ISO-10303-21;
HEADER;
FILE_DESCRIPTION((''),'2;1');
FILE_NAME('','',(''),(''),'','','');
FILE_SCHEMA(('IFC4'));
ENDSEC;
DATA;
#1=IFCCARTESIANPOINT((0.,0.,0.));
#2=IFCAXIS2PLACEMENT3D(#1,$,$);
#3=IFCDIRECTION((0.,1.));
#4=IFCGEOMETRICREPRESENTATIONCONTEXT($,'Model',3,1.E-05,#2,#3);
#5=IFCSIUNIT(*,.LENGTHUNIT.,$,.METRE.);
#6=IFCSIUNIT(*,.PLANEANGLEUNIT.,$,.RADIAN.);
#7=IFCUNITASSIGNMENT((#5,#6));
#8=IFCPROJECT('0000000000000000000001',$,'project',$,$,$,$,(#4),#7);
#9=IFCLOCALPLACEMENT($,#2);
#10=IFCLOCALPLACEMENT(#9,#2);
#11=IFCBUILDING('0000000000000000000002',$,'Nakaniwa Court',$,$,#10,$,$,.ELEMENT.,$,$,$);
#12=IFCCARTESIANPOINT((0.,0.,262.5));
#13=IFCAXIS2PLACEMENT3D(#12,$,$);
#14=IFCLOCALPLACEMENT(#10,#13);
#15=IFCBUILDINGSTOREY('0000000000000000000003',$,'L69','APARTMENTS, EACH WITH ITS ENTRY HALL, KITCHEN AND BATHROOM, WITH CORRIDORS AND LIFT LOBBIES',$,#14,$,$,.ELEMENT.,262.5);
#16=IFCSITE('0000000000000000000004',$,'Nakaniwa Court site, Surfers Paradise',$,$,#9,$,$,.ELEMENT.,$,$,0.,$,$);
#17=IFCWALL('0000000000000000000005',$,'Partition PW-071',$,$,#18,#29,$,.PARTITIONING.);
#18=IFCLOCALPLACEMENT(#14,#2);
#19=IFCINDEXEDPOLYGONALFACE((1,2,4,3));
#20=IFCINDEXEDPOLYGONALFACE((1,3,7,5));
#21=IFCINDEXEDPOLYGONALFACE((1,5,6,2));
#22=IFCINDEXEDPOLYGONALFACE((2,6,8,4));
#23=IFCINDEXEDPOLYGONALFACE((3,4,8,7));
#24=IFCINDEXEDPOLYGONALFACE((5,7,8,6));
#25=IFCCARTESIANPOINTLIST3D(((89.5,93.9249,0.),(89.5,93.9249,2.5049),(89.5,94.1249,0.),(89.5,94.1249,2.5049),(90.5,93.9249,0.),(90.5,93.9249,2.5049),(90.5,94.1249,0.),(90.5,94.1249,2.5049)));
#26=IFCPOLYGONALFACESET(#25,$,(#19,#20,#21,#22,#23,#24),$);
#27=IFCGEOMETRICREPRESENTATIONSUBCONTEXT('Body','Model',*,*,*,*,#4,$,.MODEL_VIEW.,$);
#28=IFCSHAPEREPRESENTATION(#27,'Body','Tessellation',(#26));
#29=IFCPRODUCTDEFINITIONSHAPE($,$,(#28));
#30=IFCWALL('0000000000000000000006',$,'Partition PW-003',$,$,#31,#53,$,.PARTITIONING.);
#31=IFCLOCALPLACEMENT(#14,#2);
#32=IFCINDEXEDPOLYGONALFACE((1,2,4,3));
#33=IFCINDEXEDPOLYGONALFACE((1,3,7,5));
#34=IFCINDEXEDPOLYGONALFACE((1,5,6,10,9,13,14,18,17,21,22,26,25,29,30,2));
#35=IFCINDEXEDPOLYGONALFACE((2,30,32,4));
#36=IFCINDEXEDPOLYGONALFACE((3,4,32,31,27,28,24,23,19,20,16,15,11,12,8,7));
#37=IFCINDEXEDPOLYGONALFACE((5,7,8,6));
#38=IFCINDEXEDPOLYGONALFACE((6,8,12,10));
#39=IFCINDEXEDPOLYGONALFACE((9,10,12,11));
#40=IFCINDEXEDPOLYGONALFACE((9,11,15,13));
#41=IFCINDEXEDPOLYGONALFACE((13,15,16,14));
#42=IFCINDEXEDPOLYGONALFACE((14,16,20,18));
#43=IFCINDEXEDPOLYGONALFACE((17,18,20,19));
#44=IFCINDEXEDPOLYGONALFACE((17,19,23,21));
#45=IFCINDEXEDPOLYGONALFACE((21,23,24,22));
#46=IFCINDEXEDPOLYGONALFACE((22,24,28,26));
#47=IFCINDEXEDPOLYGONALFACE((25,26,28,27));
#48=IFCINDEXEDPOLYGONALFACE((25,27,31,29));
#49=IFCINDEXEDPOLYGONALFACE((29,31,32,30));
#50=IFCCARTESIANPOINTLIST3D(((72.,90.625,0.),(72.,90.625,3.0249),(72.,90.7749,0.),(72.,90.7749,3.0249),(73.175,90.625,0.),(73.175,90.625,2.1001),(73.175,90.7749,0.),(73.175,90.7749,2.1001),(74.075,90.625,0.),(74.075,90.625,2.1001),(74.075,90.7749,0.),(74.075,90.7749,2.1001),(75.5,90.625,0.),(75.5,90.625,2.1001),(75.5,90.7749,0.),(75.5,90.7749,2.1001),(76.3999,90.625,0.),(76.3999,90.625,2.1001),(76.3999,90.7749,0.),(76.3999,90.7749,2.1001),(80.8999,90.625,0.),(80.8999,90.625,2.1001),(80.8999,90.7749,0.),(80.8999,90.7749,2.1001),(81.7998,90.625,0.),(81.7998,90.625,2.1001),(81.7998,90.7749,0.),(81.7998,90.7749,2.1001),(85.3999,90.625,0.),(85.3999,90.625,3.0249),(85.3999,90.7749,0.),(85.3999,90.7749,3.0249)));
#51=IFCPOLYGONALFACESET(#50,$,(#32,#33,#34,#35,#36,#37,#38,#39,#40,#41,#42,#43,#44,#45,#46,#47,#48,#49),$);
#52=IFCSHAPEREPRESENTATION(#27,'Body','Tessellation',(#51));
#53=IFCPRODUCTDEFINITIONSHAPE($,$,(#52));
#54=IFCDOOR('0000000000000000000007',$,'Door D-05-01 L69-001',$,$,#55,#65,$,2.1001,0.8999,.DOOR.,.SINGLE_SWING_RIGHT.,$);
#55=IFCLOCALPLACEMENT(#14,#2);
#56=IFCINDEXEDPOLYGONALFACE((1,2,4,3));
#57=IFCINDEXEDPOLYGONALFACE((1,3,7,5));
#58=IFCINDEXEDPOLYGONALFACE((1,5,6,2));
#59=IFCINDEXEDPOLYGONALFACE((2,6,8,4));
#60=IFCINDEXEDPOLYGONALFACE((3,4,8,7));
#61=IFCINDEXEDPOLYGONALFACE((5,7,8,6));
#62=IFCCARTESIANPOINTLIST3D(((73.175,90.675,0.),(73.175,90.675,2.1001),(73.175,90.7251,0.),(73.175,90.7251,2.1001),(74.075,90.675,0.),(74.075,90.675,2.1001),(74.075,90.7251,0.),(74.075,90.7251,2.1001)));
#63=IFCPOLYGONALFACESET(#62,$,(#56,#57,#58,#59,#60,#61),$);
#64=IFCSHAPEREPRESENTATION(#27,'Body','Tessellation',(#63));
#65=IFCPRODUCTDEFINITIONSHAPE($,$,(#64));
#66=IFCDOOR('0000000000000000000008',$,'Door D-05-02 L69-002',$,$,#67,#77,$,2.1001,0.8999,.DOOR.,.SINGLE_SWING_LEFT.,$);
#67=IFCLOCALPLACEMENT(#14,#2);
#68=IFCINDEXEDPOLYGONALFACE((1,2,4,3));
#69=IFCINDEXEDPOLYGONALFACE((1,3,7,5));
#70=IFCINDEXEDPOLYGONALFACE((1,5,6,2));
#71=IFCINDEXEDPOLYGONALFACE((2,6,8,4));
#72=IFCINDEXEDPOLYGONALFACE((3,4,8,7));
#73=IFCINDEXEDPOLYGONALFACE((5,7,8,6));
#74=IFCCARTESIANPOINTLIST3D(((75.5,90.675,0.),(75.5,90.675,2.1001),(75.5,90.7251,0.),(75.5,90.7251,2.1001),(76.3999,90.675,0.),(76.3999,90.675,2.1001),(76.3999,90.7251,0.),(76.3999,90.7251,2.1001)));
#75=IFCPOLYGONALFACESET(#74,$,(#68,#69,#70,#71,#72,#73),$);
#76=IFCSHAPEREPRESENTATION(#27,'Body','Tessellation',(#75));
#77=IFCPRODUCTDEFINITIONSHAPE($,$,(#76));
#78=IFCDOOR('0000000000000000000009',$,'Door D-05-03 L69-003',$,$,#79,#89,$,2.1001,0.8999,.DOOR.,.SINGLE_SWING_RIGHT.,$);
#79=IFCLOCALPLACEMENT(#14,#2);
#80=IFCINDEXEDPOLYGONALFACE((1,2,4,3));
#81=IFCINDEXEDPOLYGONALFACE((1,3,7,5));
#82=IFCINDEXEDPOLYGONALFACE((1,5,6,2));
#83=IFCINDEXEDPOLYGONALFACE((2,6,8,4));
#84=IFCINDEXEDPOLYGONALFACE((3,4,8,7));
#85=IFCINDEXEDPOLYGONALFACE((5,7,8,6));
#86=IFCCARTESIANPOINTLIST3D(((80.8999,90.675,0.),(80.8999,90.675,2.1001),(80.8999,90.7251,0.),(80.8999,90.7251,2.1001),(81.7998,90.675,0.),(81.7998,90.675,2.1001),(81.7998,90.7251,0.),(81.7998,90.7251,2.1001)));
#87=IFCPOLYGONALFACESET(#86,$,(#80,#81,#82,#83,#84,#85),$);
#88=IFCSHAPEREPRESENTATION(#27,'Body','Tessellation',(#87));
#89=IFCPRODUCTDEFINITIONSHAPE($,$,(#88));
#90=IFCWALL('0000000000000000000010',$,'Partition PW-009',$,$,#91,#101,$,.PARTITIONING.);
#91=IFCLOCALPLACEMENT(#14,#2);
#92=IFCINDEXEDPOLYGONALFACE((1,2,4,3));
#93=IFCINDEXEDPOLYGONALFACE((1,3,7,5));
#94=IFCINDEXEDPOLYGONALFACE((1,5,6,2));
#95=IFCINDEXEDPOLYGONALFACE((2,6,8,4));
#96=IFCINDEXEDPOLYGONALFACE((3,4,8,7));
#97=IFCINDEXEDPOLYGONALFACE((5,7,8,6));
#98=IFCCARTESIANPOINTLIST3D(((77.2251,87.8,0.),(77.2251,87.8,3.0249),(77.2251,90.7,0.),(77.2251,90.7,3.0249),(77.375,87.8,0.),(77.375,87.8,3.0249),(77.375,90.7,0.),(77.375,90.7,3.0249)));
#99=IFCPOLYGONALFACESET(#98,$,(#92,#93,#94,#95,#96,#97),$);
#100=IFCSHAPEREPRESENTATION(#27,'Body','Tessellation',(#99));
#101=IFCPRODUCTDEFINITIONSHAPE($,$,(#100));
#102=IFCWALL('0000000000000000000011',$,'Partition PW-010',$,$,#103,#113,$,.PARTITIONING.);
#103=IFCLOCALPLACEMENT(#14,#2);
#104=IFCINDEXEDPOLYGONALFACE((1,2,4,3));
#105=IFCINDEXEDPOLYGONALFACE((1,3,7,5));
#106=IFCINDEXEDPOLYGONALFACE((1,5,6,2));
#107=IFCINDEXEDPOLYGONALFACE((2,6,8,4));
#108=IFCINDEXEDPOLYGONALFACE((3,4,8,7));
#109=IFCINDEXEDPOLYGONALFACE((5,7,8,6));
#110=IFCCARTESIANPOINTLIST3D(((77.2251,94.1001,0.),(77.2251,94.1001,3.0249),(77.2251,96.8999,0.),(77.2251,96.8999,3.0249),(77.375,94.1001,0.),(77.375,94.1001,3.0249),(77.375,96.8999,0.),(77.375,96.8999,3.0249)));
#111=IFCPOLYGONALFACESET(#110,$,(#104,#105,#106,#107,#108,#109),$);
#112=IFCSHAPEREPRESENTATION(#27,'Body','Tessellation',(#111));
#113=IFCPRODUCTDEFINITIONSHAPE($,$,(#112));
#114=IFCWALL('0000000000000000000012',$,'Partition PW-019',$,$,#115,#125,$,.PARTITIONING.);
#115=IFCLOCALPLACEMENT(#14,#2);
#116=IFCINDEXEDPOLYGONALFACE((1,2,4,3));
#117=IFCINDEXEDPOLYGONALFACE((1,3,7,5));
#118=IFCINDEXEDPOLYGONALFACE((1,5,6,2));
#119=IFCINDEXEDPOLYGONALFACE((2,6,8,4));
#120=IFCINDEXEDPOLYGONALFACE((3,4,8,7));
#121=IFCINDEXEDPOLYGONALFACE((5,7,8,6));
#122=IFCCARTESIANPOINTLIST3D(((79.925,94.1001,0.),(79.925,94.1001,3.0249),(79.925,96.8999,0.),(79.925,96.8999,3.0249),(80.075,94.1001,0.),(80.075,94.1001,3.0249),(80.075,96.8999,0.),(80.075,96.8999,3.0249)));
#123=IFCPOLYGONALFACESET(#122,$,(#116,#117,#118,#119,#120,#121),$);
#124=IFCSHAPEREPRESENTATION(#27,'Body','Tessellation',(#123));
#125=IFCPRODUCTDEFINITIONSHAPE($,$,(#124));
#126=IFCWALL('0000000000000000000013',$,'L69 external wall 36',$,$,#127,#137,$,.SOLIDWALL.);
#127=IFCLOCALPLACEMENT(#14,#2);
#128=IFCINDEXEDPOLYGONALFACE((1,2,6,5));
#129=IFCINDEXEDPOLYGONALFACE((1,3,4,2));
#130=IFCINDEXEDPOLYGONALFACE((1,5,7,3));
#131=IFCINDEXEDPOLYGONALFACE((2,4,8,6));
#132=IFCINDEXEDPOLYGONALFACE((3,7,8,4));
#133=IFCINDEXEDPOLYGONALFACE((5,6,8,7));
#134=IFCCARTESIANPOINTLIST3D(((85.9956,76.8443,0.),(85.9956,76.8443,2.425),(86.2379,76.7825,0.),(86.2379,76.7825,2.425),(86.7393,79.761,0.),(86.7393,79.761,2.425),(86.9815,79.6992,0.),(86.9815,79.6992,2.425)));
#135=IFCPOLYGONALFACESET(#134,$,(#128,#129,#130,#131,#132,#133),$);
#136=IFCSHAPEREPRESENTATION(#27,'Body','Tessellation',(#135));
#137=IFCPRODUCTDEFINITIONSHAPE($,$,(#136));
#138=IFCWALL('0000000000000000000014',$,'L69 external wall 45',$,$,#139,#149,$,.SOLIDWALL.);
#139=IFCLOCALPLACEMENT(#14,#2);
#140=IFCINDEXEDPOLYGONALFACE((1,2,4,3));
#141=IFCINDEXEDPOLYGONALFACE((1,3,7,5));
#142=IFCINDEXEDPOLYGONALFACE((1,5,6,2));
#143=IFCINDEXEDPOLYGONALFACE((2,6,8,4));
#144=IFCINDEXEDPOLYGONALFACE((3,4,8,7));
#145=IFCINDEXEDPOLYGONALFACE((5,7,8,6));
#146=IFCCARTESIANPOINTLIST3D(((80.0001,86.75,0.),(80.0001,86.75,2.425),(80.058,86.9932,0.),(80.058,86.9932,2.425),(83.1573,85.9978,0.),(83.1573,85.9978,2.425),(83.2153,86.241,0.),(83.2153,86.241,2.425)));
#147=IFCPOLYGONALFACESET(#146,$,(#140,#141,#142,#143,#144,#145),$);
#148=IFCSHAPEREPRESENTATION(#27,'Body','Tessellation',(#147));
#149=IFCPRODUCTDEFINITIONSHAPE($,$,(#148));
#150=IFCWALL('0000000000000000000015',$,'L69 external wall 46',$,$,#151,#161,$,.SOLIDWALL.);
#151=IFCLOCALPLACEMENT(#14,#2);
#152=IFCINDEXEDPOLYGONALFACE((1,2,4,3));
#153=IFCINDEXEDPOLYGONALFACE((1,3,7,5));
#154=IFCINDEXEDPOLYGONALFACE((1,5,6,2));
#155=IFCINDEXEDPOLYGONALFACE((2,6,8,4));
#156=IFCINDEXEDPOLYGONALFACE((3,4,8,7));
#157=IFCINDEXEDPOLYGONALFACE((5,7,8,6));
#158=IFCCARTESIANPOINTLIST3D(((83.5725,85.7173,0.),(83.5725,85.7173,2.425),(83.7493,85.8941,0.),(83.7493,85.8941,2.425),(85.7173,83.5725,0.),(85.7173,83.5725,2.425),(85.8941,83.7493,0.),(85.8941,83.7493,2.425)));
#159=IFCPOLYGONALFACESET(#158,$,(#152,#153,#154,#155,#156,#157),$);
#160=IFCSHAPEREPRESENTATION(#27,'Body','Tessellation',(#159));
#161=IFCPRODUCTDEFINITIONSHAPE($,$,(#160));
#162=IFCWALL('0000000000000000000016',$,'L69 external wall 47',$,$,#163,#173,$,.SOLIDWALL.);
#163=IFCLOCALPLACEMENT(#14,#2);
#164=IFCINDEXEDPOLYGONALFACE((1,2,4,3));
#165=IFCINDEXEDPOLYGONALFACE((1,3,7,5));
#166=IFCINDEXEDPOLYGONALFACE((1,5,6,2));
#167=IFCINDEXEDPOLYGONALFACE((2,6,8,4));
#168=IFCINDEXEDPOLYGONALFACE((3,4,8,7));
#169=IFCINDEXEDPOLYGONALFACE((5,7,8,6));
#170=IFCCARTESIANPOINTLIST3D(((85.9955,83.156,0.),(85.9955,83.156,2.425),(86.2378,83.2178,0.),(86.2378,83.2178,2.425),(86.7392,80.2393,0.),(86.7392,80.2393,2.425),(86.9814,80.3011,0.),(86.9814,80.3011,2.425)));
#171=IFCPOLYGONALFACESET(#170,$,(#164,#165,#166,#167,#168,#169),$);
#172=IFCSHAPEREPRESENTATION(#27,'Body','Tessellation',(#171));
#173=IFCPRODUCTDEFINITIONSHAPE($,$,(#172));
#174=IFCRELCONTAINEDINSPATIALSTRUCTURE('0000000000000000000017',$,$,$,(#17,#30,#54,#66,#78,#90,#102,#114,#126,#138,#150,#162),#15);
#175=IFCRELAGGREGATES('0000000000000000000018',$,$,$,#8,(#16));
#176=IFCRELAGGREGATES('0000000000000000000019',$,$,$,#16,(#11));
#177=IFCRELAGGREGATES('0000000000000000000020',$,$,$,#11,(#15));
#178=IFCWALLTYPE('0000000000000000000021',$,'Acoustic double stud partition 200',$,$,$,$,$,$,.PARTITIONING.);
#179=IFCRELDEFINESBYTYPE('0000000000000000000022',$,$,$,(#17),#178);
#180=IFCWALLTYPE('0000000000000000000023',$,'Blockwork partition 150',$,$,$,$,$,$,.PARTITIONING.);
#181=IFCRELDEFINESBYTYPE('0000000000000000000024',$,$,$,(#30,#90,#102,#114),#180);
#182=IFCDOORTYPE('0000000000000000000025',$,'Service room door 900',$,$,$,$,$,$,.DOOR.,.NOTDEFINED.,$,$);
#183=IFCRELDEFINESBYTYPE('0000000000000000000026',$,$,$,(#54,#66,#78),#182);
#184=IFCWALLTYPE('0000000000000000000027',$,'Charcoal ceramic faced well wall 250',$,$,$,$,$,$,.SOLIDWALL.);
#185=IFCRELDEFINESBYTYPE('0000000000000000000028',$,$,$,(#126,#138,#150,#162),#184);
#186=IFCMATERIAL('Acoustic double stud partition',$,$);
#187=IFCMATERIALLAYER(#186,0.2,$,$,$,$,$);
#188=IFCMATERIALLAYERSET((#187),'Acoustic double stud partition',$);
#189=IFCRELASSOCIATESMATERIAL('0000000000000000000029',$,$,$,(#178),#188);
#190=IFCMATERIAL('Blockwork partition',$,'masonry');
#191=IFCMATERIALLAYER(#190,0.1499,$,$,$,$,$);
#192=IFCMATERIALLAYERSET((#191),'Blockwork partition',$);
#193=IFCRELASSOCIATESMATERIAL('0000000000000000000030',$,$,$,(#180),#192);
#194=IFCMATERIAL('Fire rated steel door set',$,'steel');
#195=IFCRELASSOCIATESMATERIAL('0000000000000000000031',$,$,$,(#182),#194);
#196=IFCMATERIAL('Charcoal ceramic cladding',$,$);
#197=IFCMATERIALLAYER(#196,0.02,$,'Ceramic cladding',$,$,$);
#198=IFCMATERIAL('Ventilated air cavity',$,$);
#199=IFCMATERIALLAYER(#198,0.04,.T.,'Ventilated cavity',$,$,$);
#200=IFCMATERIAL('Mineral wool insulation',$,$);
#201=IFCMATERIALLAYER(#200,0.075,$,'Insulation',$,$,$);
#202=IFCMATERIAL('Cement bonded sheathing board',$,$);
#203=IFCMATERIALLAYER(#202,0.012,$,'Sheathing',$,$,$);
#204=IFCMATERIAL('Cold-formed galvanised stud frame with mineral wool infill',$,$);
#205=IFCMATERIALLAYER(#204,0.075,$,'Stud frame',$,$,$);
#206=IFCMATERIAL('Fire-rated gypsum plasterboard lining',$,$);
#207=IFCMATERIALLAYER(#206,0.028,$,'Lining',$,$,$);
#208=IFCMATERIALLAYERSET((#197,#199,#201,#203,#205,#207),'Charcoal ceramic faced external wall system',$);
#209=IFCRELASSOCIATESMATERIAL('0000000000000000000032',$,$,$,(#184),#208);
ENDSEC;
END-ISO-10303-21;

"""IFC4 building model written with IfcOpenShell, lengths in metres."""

from ifc_helpers import new_model, si_unit, direction, frame, frame_2d, origin, place, context, subcontext, project, spatial, rectangle, extrude, material, layer, layer_set, type_object, element, fill, save


model = new_model("IFC4")

# Units and contexts
model_context = context("Model", 3, precision=1e-05, world=origin(), true_north=direction((0.0, 1.0)))
body_context = subcontext(model_context, "Body", "Model", "MODEL_VIEW")
ifc_project = project(units=[si_unit("LENGTHUNIT", "METRE"), si_unit("PLANEANGLEUNIT", "RADIAN")], contexts=[model_context])

# Site, building, storey
site_placement = place(None, origin())
site = spatial("IfcSite", under=ifc_project, at=site_placement, Name="Nakaniwa Court site, Surfers Paradise", CompositionType="ELEMENT", RefElevation=0.0)
building_placement = place(site_placement, origin())
building = spatial("IfcBuilding", under=site, at=building_placement, Name="Nakaniwa Court", CompositionType="ELEMENT")
storey_placement = place(building_placement, frame((0.0, 0.0, 262.5)))
storey = spatial("IfcBuildingStorey", under=building, at=storey_placement, Name="L69", Description="APARTMENTS, EACH WITH ITS ENTRY HALL, KITCHEN AND BATHROOM, WITH CORRIDORS AND LIFT LOBBIES", CompositionType="ELEMENT", Elevation=262.5)

# Shared definitions
ifc_material_1 = material(Name="Acoustic double stud partition")
ifc_layer_1 = layer(ifc_material_1, 0.2)
ifc_layer_set_1 = layer_set([ifc_layer_1], Name="Acoustic double stud partition")
wall_type_1 = type_object("IfcWallType", Name="Acoustic double stud partition 200", PredefinedType="PARTITIONING", material=ifc_layer_set_1)

# Wall
wall_1_placement = place(storey_placement, frame((89.5, 94.0249, 0.0), z_axis=(0.0, 0.0, 1.0), x_axis=(1.0, 0.0, 0.0)))
element("IfcWall", 1, at=wall_1_placement, inside=storey, type_object=wall_type_1, Name="Partition PW-071", PredefinedType="PARTITIONING", context=body_context, shape_type="SweptSolid", body=[
    extrude(rectangle(XDim=1.0, YDim=0.2, at=frame_2d((0.5, 0.0))), origin(), (0.0, 0.0, 1.0), 2.5049),
])

# Wall, openings, doors
ifc_material_2 = material(Name="Blockwork partition", Category="masonry")
ifc_layer_2 = layer(ifc_material_2, 0.1499)
ifc_layer_set_2 = layer_set([ifc_layer_2], Name="Blockwork partition")
wall_type_2 = type_object("IfcWallType", Name="Blockwork partition 150", PredefinedType="PARTITIONING", material=ifc_layer_set_2)
wall_2_placement = place(storey_placement, frame((85.3999, 90.7, 0.0), z_axis=(0.0, 0.0, 1.0), x_axis=(-1.0, 0.0, 0.0)))
wall_2 = element("IfcWall", 2, at=wall_2_placement, inside=storey, type_object=wall_type_2, Name="Partition PW-003", PredefinedType="PARTITIONING", context=body_context, shape_type="SweptSolid", body=[
    extrude(rectangle(XDim=13.3999, YDim=0.1499, at=frame_2d((6.7, 0.0))), origin(), (0.0, 0.0, 1.0), 3.0249),
])
opening_1_placement = place(wall_2_placement, frame((11.325, 0.0, 0.0)))
opening_1 = element("IfcOpeningElement", 3, at=opening_1_placement, cuts=wall_2, PredefinedType="OPENING", context=body_context, shape_type="SweptSolid", body=[
    extrude(rectangle(XDim=0.8999, YDim=2.1001, at=frame_2d((0.45, 1.05))), frame((0.0, 0.085, 0.0), z_axis=(0.0, -1.0, 0.0), x_axis=(1.0, 0.0, 0.0)), (0.0, 0.0, 1.0), 0.1699),
])
opening_2_placement = place(wall_2_placement, frame((9.0, 0.0, 0.0)))
opening_2 = element("IfcOpeningElement", 4, at=opening_2_placement, cuts=wall_2, PredefinedType="OPENING", context=body_context, shape_type="SweptSolid", body=[
    extrude(rectangle(XDim=0.8999, YDim=2.1001, at=frame_2d((0.45, 1.05))), frame((0.0, 0.085, 0.0), z_axis=(0.0, -1.0, 0.0), x_axis=(1.0, 0.0, 0.0)), (0.0, 0.0, 1.0), 0.1699),
])
opening_3_placement = place(wall_2_placement, frame((3.6001, 0.0, 0.0)))
opening_3 = element("IfcOpeningElement", 5, at=opening_3_placement, cuts=wall_2, PredefinedType="OPENING", context=body_context, shape_type="SweptSolid", body=[
    extrude(rectangle(XDim=0.8999, YDim=2.1001, at=frame_2d((0.45, 1.05))), frame((0.0, 0.085, 0.0), z_axis=(0.0, -1.0, 0.0), x_axis=(1.0, 0.0, 0.0)), (0.0, 0.0, 1.0), 0.1699),
])
ifc_material_3 = material(Name="Fire rated steel door set", Category="steel")
door_type_1 = type_object("IfcDoorType", Name="Service room door 900", OperationType="NOTDEFINED", PredefinedType="DOOR", material=ifc_material_3)
door_1_placement = place(opening_1_placement, origin())
door_1 = element("IfcDoor", 6, at=door_1_placement, inside=storey, type_object=door_type_1, Name="Door D-05-01 L69-001", OperationType="SINGLE_SWING_RIGHT", OverallHeight=2.1001, OverallWidth=0.8999, PredefinedType="DOOR", context=body_context, shape_type="SweptSolid", body=[
    extrude(rectangle(XDim=0.8999, YDim=2.1001, at=frame_2d((0.45, 1.05))), frame((0.0, 0.0249, 0.0), z_axis=(0.0, -1.0, 0.0), x_axis=(1.0, 0.0, 0.0)), (0.0, 0.0, 1.0), 0.05),
])
fill(opening_1, door_1)
door_2_placement = place(opening_2_placement, origin())
door_2 = element("IfcDoor", 7, at=door_2_placement, inside=storey, type_object=door_type_1, Name="Door D-05-02 L69-002", OperationType="SINGLE_SWING_LEFT", OverallHeight=2.1001, OverallWidth=0.8999, PredefinedType="DOOR", context=body_context, shape_type="SweptSolid", body=[
    extrude(rectangle(XDim=0.8999, YDim=2.1001, at=frame_2d((0.45, 1.05))), frame((0.0, 0.0249, 0.0), z_axis=(0.0, -1.0, 0.0), x_axis=(1.0, 0.0, 0.0)), (0.0, 0.0, 1.0), 0.05),
])
fill(opening_2, door_2)
door_3_placement = place(opening_3_placement, origin())
door_3 = element("IfcDoor", 8, at=door_3_placement, inside=storey, type_object=door_type_1, Name="Door D-05-03 L69-003", OperationType="SINGLE_SWING_RIGHT", OverallHeight=2.1001, OverallWidth=0.8999, PredefinedType="DOOR", context=body_context, shape_type="SweptSolid", body=[
    extrude(rectangle(XDim=0.8999, YDim=2.1001, at=frame_2d((0.45, 1.05))), frame((0.0, 0.0249, 0.0), z_axis=(0.0, -1.0, 0.0), x_axis=(1.0, 0.0, 0.0)), (0.0, 0.0, 1.0), 0.05),
])
fill(opening_3, door_3)

# Walls
wall_3_placement = place(storey_placement, frame((77.3, 87.8, 0.0), z_axis=(0.0, 0.0, 1.0), x_axis=(0.0, 1.0, 0.0)))
element("IfcWall", 9, at=wall_3_placement, inside=storey, type_object=wall_type_2, Name="Partition PW-009", PredefinedType="PARTITIONING", context=body_context, shape_type="SweptSolid", body=[
    extrude(rectangle(XDim=2.8999, YDim=0.1499, at=frame_2d((1.45, 0.0))), origin(), (0.0, 0.0, 1.0), 3.0249),
])
for number, where, z_axis, x_axis, name in (
    (10, (77.3, 94.1001, 0.0), (0.0, 0.0, 1.0), (0.0, 1.0, 0.0), "Partition PW-010"),
    (11, (80.0, 94.1001, 0.0), (0.0, 0.0, 1.0), (0.0, 1.0, 0.0), "Partition PW-019"),
):
    element("IfcWall", number, at=place(storey_placement, frame(where, z_axis=z_axis, x_axis=x_axis)), inside=storey, type_object=wall_type_2, Name=name, PredefinedType="PARTITIONING", context=body_context, shape_type="SweptSolid", body=[
        extrude(rectangle(XDim=2.7998, YDim=0.1499, at=frame_2d((1.3999, 0.0))), origin(), (0.0, 0.0, 1.0), 3.0249),
    ])
ifc_material_4 = material(Name="Charcoal ceramic cladding")
ifc_layer_3 = layer(ifc_material_4, 0.02, Name="Ceramic cladding")
ifc_material_5 = material(Name="Ventilated air cavity")
ifc_layer_4 = layer(ifc_material_5, 0.04, ventilated=True, Name="Ventilated cavity")
ifc_material_6 = material(Name="Mineral wool insulation")
ifc_layer_5 = layer(ifc_material_6, 0.075, Name="Insulation")
ifc_material_7 = material(Name="Cement bonded sheathing board")
ifc_layer_6 = layer(ifc_material_7, 0.012, Name="Sheathing")
ifc_material_8 = material(Name="Cold-formed galvanised stud frame with mineral wool infill")
ifc_layer_7 = layer(ifc_material_8, 0.075, Name="Stud frame")
ifc_material_9 = material(Name="Fire-rated gypsum plasterboard lining")
ifc_layer_8 = layer(ifc_material_9, 0.028, Name="Lining")
ifc_layer_set_3 = layer_set([ifc_layer_3, ifc_layer_4, ifc_layer_5, ifc_layer_6, ifc_layer_7, ifc_layer_8], Name="Charcoal ceramic faced external wall system")
wall_type_3 = type_object("IfcWallType", Name="Charcoal ceramic faced well wall 250", PredefinedType="SOLIDWALL", material=ifc_layer_set_3)
wall_4_placement = place(storey_placement, frame((86.8604, 79.73, 0.0), z_axis=(0.0, 0.0, 1.0), x_axis=(-0.247056, -0.969001, 0.0)))
element("IfcWall", 12, at=wall_4_placement, inside=storey, type_object=wall_type_3, Name="L69 external wall 36", PredefinedType="SOLIDWALL", context=body_context, shape_type="SweptSolid", body=[
    extrude(rectangle(XDim=3.01, YDim=0.25, at=frame_2d((1.5049, 0.0))), origin(), (0.0, 0.0, 1.0), 2.425),
])
wall_5_placement = place(storey_placement, frame((80.0291, 86.8716, 0.0), z_axis=(0.0, 0.0, 1.0), x_axis=(0.972773, -0.23176, 0.0)))
element("IfcWall", 13, at=wall_5_placement, inside=storey, type_object=wall_type_3, Name="L69 external wall 45", PredefinedType="SOLIDWALL", context=body_context, shape_type="SweptSolid", body=[
    extrude(rectangle(XDim=3.2456, YDim=0.25, at=frame_2d((1.6228, 0.0))), origin(), (0.0, 0.0, 1.0), 2.425),
])
wall_6_placement = place(storey_placement, frame((83.6609, 85.8057, 0.0), z_axis=(0.0, 0.0, 1.0), x_axis=(0.707107, -0.707107, 0.0)))
element("IfcWall", 14, at=wall_6_placement, inside=storey, type_object=wall_type_3, Name="L69 external wall 46", PredefinedType="SOLIDWALL", context=body_context, shape_type="SweptSolid", body=[
    extrude(rectangle(XDim=3.0332, YDim=0.25, at=frame_2d((1.5166, 0.0))), origin(), (0.0, 0.0, 1.0), 2.425),
])
wall_7_placement = place(storey_placement, frame((86.1167, 83.1868, 0.0), z_axis=(0.0, 0.0, 1.0), x_axis=(0.247056, -0.969001, 0.0)))
element("IfcWall", 15, at=wall_7_placement, inside=storey, type_object=wall_type_3, Name="L69 external wall 47", PredefinedType="SOLIDWALL", context=body_context, shape_type="SweptSolid", body=[
    extrude(rectangle(XDim=3.01, YDim=0.25, at=frame_2d((1.5049, 0.0))), origin(), (0.0, 0.0, 1.0), 2.425),
])

save(model, "model.ifc")
